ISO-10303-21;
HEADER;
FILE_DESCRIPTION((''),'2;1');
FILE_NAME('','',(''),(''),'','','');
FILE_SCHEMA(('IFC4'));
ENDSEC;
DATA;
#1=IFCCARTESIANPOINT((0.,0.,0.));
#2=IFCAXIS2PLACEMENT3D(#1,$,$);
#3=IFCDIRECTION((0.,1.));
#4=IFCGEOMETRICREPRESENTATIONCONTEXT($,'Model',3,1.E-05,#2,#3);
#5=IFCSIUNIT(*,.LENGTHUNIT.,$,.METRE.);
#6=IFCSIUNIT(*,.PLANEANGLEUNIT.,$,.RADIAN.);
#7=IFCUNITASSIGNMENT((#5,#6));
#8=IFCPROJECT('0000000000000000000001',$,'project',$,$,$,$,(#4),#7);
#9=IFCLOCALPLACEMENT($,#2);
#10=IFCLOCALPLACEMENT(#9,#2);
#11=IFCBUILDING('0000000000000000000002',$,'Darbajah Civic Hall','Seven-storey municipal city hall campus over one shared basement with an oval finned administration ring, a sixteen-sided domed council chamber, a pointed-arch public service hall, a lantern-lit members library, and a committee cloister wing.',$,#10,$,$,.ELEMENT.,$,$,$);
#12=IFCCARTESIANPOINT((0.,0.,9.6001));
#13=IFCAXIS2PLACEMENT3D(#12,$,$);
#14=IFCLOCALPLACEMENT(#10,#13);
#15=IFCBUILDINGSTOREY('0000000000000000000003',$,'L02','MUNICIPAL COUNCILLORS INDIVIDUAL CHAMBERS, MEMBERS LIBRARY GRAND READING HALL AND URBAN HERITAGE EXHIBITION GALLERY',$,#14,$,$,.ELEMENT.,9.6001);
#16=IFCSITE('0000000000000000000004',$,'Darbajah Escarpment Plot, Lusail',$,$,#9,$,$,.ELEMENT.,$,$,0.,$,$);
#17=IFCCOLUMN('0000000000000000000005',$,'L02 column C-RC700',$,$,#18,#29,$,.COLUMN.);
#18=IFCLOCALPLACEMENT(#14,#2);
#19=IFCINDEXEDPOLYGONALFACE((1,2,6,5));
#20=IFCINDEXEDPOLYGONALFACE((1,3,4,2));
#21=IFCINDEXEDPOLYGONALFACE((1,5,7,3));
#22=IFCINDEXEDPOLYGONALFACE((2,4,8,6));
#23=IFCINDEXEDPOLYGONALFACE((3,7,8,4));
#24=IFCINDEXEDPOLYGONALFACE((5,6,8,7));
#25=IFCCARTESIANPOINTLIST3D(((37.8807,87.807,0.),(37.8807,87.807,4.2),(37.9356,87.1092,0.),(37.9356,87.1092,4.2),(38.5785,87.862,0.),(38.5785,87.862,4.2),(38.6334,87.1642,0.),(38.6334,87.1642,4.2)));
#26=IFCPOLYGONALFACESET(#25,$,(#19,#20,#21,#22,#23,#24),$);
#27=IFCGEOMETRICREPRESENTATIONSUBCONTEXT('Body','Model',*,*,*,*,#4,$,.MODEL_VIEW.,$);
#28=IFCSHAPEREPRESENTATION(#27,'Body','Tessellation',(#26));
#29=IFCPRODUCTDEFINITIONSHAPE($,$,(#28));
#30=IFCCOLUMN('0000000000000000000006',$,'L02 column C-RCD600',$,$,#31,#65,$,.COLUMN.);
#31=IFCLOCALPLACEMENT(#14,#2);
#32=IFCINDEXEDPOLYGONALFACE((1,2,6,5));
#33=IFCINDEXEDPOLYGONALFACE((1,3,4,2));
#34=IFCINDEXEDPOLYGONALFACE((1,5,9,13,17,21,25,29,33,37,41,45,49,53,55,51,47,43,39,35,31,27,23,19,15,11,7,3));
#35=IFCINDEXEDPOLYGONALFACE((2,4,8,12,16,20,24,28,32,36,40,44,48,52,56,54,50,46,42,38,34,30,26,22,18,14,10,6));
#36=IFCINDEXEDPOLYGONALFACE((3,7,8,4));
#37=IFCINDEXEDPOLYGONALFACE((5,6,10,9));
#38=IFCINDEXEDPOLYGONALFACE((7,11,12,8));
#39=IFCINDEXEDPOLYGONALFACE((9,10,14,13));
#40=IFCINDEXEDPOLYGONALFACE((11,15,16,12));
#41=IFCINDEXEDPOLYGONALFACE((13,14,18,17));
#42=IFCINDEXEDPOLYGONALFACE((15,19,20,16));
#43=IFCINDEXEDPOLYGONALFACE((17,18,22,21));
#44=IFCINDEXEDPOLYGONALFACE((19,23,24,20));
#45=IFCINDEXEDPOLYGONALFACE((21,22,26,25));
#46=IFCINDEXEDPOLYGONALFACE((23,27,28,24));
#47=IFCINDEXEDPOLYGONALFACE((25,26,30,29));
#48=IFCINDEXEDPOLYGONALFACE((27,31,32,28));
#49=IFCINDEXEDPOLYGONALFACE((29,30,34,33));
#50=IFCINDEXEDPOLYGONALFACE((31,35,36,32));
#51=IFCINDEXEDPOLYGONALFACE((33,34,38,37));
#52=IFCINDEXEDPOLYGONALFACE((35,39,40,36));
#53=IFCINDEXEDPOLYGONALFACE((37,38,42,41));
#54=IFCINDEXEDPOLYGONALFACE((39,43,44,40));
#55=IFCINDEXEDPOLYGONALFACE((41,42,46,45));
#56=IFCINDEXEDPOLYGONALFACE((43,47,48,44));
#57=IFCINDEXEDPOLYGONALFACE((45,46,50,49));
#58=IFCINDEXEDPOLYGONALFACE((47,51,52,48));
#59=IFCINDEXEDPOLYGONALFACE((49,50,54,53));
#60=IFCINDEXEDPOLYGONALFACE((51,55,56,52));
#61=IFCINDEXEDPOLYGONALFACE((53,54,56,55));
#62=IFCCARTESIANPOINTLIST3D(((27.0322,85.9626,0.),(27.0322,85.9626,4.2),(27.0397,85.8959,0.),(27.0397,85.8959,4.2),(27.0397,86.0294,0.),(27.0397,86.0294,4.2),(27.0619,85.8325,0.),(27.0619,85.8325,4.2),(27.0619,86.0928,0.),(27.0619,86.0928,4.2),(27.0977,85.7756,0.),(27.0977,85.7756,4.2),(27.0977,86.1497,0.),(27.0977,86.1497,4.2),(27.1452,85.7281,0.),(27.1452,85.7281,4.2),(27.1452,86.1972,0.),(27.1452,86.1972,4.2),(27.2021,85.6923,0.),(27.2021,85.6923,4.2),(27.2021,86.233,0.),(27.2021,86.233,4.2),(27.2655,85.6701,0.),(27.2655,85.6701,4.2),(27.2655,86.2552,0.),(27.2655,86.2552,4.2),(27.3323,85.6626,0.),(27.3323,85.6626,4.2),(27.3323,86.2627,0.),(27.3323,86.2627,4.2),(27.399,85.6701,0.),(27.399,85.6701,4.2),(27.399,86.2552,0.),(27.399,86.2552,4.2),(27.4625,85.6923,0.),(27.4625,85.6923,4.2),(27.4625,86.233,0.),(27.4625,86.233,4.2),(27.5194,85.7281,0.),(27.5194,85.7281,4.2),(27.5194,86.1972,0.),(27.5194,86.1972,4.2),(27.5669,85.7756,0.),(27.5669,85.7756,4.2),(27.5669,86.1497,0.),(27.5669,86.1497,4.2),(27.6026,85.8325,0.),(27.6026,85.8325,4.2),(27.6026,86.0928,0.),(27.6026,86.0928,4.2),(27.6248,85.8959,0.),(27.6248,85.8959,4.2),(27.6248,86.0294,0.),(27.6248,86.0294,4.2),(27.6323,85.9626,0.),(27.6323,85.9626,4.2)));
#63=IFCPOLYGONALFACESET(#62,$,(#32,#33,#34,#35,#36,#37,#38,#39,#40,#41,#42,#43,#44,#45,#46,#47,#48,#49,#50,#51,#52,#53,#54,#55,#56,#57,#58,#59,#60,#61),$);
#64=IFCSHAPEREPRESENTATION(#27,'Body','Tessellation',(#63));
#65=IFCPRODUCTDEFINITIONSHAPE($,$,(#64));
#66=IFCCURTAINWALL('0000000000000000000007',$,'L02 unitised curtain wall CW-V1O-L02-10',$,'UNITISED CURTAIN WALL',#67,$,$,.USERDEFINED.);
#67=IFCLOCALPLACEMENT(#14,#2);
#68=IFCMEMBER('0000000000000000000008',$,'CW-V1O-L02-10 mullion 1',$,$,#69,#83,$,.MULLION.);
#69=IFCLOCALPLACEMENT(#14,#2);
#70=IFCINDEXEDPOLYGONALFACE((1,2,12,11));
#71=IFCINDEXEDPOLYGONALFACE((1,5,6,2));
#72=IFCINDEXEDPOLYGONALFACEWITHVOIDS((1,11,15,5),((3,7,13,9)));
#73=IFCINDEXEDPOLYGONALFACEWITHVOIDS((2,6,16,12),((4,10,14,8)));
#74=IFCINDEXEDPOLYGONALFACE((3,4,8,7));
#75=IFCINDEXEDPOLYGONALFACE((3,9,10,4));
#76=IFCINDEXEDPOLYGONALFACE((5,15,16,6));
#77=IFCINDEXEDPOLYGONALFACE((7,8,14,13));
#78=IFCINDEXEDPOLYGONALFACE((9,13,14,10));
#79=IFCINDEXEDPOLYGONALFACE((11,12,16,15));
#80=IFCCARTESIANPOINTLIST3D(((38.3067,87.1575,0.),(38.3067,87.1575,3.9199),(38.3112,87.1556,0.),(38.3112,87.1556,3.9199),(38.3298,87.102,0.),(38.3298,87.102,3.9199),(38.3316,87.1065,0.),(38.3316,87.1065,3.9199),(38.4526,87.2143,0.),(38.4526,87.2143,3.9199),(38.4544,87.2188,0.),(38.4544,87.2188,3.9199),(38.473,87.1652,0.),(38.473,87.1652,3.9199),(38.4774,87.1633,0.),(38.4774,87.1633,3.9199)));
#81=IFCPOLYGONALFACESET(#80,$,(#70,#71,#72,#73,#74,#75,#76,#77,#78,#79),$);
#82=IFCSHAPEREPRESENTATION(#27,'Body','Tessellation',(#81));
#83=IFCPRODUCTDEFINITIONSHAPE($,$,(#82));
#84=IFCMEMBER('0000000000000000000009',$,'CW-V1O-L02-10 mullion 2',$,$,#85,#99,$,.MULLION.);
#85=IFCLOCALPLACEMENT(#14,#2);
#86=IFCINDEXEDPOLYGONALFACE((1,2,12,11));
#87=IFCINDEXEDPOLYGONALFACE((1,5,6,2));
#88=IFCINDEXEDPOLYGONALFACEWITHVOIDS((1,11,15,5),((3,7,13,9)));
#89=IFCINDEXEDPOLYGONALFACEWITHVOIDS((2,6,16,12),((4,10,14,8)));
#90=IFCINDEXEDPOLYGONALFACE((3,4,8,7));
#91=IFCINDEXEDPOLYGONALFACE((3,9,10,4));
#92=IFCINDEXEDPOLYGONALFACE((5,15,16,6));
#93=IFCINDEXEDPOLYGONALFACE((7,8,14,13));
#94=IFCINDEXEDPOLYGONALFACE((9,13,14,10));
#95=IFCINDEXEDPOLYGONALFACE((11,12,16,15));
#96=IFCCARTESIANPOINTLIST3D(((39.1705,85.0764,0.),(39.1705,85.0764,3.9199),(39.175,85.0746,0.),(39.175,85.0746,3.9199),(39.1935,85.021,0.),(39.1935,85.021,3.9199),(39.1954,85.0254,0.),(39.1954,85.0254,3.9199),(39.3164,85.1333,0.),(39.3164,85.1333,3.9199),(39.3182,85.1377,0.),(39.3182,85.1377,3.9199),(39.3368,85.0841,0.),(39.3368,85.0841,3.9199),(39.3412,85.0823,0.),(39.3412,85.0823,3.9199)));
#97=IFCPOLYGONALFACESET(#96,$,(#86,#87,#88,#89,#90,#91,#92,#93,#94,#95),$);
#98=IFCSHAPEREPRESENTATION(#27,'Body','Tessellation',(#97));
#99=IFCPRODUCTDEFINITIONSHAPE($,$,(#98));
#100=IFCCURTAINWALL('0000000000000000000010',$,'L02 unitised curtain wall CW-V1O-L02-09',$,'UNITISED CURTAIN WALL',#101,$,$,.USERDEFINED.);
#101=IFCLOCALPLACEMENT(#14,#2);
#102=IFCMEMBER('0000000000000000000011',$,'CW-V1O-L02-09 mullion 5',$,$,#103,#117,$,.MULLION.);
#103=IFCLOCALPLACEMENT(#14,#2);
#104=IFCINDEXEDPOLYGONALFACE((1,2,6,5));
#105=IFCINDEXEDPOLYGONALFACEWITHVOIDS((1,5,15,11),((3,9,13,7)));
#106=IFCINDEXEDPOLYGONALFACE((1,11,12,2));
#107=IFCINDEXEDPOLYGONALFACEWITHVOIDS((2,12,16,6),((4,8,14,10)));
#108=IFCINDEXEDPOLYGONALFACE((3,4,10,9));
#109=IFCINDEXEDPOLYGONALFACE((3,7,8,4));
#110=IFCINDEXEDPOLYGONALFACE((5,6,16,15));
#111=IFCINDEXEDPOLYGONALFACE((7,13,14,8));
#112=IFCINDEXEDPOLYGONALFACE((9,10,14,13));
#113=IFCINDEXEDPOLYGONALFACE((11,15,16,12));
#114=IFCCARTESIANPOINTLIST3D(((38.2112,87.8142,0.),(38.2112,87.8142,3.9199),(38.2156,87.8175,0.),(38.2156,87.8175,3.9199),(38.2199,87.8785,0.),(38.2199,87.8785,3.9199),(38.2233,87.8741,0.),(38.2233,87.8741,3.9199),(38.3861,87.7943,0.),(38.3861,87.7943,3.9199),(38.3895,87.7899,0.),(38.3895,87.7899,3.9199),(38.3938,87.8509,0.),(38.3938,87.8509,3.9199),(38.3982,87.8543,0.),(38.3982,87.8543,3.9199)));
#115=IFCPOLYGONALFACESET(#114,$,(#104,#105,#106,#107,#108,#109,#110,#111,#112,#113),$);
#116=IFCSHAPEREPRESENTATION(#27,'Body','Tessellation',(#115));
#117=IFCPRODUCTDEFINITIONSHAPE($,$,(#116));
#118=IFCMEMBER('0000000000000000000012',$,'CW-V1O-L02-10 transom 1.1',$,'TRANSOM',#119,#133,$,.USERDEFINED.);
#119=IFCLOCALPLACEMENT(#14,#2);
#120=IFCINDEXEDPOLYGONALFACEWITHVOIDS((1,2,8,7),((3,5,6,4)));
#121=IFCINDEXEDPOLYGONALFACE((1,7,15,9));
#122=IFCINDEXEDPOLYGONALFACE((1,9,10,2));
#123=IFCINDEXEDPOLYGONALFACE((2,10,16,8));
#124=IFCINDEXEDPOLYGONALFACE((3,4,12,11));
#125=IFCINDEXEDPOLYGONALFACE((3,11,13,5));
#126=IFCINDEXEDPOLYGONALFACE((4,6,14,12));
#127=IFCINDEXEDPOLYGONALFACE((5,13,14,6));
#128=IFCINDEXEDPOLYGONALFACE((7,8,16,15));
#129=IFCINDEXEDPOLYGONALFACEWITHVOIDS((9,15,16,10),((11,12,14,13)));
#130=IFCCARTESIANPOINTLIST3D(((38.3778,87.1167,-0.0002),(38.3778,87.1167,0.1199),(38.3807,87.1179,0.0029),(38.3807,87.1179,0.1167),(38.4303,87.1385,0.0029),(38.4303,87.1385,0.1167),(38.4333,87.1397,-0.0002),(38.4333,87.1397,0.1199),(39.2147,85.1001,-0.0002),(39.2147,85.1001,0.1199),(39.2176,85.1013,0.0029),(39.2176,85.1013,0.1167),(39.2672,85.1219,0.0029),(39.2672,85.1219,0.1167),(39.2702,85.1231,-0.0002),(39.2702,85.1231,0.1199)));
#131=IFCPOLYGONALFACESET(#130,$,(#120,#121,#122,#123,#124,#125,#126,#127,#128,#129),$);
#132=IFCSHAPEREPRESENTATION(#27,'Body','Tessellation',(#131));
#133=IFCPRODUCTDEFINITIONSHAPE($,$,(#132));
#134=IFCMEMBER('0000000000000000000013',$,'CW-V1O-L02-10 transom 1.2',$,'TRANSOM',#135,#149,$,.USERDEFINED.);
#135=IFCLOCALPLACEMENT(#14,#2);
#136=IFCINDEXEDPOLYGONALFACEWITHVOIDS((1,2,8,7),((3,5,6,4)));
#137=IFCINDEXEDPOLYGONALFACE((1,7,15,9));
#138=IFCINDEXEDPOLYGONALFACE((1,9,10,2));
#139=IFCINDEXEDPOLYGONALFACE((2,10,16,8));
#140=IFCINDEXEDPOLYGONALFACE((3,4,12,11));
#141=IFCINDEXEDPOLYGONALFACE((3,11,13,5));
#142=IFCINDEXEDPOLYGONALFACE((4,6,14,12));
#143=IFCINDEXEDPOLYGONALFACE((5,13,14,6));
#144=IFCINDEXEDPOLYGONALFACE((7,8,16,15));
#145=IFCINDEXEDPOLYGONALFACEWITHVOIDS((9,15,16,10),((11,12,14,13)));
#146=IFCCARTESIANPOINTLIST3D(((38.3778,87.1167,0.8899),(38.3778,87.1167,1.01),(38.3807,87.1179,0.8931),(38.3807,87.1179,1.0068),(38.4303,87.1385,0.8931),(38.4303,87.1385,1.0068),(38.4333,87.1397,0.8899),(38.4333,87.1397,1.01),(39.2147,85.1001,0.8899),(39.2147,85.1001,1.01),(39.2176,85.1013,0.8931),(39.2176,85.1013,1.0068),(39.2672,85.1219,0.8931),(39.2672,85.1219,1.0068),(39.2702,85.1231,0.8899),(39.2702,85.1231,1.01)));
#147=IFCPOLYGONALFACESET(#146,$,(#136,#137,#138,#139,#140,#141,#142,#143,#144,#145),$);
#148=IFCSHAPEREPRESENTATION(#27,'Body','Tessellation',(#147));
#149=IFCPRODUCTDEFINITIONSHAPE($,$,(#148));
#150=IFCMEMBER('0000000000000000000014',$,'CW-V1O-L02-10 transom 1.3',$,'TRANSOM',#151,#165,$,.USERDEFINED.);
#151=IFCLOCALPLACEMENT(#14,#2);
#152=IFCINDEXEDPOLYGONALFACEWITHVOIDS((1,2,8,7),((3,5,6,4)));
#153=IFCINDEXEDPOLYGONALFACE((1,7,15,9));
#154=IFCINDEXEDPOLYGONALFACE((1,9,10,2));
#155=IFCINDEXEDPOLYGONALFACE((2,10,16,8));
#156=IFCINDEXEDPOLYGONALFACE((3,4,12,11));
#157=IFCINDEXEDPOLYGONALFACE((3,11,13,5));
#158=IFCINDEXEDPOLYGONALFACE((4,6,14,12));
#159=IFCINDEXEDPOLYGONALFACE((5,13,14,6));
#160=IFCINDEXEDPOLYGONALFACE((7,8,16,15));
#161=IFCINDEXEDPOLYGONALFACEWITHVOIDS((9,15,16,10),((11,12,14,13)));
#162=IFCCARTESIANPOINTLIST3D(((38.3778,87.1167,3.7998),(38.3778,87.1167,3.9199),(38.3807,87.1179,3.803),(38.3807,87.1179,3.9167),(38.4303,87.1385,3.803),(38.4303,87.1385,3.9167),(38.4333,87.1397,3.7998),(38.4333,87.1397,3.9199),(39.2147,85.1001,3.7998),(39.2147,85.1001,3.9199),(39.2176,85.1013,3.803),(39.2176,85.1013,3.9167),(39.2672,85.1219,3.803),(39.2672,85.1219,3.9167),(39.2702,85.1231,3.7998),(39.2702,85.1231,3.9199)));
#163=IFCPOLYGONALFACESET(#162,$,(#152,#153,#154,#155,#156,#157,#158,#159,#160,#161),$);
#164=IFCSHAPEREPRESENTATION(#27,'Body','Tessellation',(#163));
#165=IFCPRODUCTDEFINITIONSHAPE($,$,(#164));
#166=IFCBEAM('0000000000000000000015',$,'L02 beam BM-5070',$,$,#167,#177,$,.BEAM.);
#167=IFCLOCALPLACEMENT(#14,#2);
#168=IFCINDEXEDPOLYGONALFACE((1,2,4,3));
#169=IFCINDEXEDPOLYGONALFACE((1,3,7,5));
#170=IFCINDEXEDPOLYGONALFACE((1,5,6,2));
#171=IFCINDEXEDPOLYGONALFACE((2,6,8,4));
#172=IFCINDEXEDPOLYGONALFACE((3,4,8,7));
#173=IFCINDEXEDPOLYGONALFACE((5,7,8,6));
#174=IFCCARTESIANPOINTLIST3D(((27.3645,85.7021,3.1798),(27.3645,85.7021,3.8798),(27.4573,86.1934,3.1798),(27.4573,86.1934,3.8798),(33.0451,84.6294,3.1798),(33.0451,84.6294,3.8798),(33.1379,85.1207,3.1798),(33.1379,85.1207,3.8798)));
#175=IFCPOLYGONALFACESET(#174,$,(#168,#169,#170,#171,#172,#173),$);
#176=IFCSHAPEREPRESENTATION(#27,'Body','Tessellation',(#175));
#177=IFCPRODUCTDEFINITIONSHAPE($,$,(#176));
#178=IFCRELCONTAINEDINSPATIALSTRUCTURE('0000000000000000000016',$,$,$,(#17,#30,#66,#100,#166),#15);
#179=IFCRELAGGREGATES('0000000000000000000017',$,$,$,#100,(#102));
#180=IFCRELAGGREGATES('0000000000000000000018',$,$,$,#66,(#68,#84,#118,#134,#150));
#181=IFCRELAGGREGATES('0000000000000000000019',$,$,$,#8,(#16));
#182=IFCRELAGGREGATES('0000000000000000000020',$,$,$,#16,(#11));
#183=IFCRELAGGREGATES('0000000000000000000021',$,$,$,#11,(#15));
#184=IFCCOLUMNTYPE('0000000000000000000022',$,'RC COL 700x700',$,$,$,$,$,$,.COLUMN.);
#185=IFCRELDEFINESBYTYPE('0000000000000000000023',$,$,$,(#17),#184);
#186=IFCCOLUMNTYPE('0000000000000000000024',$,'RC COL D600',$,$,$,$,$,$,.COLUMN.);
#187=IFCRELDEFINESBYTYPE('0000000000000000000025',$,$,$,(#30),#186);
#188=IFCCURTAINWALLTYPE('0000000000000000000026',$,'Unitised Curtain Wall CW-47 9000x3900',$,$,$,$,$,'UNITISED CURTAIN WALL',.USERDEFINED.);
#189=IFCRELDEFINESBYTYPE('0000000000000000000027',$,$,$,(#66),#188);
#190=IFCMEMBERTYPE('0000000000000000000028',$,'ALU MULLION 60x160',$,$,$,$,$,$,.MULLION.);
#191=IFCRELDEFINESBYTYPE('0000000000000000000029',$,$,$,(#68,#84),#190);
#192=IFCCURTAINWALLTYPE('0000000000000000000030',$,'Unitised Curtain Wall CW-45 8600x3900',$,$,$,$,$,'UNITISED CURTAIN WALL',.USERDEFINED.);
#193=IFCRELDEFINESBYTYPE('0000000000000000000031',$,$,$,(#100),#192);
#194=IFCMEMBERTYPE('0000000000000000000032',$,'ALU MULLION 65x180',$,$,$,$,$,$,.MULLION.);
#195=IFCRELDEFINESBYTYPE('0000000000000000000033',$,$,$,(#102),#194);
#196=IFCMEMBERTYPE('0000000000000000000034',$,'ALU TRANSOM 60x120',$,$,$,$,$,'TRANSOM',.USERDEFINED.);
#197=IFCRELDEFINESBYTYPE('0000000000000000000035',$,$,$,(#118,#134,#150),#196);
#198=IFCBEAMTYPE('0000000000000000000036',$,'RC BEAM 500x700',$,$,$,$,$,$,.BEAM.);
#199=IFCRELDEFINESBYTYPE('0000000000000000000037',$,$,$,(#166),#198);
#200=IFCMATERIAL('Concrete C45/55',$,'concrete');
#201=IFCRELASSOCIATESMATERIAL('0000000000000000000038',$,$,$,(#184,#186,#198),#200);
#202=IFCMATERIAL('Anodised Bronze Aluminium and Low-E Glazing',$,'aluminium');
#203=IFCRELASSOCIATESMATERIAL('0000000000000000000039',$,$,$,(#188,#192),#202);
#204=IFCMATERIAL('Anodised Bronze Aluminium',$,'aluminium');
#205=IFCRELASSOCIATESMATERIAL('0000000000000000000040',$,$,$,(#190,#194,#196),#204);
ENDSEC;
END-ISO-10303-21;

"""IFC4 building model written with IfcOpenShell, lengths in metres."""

from ifc_helpers import new_model, si_unit, direction, frame, origin, origin_2d, place, context, subcontext, project, spatial, rectangle, hollow_rectangle, circle, extrude, material, material_profile, profile_set, type_object, element, aggregate, save


model = new_model("IFC4")

# Units and contexts
model_context = context("Model", 3, precision=1e-05, world=origin(), true_north=direction((0.0, 1.0)))
body_context = subcontext(model_context, "Body", "Model", "MODEL_VIEW")
ifc_project = project(units=[si_unit("LENGTHUNIT", "METRE"), si_unit("PLANEANGLEUNIT", "RADIAN")], contexts=[model_context])

# Site, building, storey
site_placement = place(None, origin())
site = spatial("IfcSite", under=ifc_project, at=site_placement, Name="Darbajah Escarpment Plot, Lusail", CompositionType="ELEMENT", RefElevation=0.0)
building_placement = place(site_placement, origin())
building = spatial("IfcBuilding", under=site, at=building_placement, Name="Darbajah Civic Hall", Description="Seven-storey municipal city hall campus over one shared basement with an oval finned administration ring, a sixteen-sided domed council chamber, a pointed-arch public service hall, a lantern-lit members library, and a committee cloister wing.", CompositionType="ELEMENT")
storey_placement = place(building_placement, frame((0.0, 0.0, 9.6001)))
storey = spatial("IfcBuildingStorey", under=building, at=storey_placement, Name="L02", Description="MUNICIPAL COUNCILLORS INDIVIDUAL CHAMBERS, MEMBERS LIBRARY GRAND READING HALL AND URBAN HERITAGE EXHIBITION GALLERY", CompositionType="ELEMENT", Elevation=9.6001)

# Columns
ifc_material_1 = material(Name="Concrete C45/55", Category="concrete")
ifc_material_profile_1 = material_profile(ifc_material_1, rectangle(XDim=0.7, YDim=0.7, at=origin_2d()), Name="RC COL 700x700")
ifc_profile_set_1 = profile_set([ifc_material_profile_1], Name="Concrete C45/55")
column_type_1 = type_object("IfcColumnType", Name="RC COL 700x700", PredefinedType="COLUMN", material=ifc_profile_set_1)
column_1_placement = place(storey_placement, frame((38.2571, 87.4856, 0.0), z_axis=(0.0, 0.0, 1.0), x_axis=(-0.996917, -0.078459, 0.0)))
element("IfcColumn", 1, at=column_1_placement, inside=storey, type_object=column_type_1, Name="L02 column C-RC700", PredefinedType="COLUMN", context=body_context, shape_type="SweptSolid", body=[
    extrude(rectangle(XDim=0.7, YDim=0.7, at=origin_2d()), origin(), (0.0, 0.0, 1.0), 4.2),
])
ifc_material_profile_2 = material_profile(ifc_material_1, circle(Radius=0.3, at=origin_2d()), Name="RC COL D600")
ifc_profile_set_2 = profile_set([ifc_material_profile_2], Name="Concrete C45/55")
column_type_2 = type_object("IfcColumnType", Name="RC COL D600", PredefinedType="COLUMN", material=ifc_profile_set_2)
column_2_placement = place(storey_placement, frame((27.3323, 85.9626, 0.0), z_axis=(0.0, 0.0, 1.0), x_axis=(1.0, 0.0, 0.0)))
element("IfcColumn", 2, at=column_2_placement, inside=storey, type_object=column_type_2, Name="L02 column C-RCD600", PredefinedType="COLUMN", context=body_context, shape_type="SweptSolid", body=[
    extrude(circle(Radius=0.3, at=origin_2d()), origin(), (0.0, 0.0, 1.0), 4.2),
])

# Curtain wall, members
ifc_material_2 = material(Name="Anodised Bronze Aluminium and Low-E Glazing", Category="aluminium")
curtain_wall_type_1 = type_object("IfcCurtainWallType", Name="Unitised Curtain Wall CW-47 9000x3900", ElementType="UNITISED CURTAIN WALL", PredefinedType="USERDEFINED", material=ifc_material_2)
curtain_wall_1_placement = place(storey_placement, origin())
curtain_wall_1 = element("IfcCurtainWall", 3, at=curtain_wall_1_placement, inside=storey, type_object=curtain_wall_type_1, Name="L02 unitised curtain wall CW-V1O-L02-10", ObjectType="UNITISED CURTAIN WALL", PredefinedType="USERDEFINED")
ifc_material_3 = material(Name="Anodised Bronze Aluminium", Category="aluminium")
ifc_material_profile_3 = material_profile(ifc_material_3, hollow_rectangle(XDim=0.0601, YDim=0.1599, WallThickness=0.0034, at=origin_2d()), Name="ALU MULLION 60x160")
ifc_profile_set_3 = profile_set([ifc_material_profile_3], Name="Anodised Bronze Aluminium")
member_type_1 = type_object("IfcMemberType", Name="ALU MULLION 60x160", PredefinedType="MULLION", material=ifc_profile_set_3)
member_1_placement = place(storey_placement, frame((38.3921, 87.1604, 0.0), z_axis=(0.0, 0.0, 1.0), x_axis=(0.383328, -0.923612, 0.0)))
member_1 = element("IfcMember", 4, at=member_1_placement, type_object=member_type_1, Name="CW-V1O-L02-10 mullion 1", PredefinedType="MULLION", context=body_context, shape_type="SweptSolid", body=[
    extrude(hollow_rectangle(XDim=0.0601, YDim=0.1599, WallThickness=0.0034, at=origin_2d()), origin(), (0.0, 0.0, 1.0), 3.9199),
])
member_2_placement = place(storey_placement, frame((39.2559, 85.0793, 0.0), z_axis=(0.0, 0.0, 1.0), x_axis=(0.383328, -0.923612, 0.0)))
member_2 = element("IfcMember", 5, at=member_2_placement, type_object=member_type_1, Name="CW-V1O-L02-10 mullion 2", PredefinedType="MULLION", context=body_context, shape_type="SweptSolid", body=[
    extrude(hollow_rectangle(XDim=0.0601, YDim=0.1599, WallThickness=0.0034, at=origin_2d()), origin(), (0.0, 0.0, 1.0), 3.9199),
])

# Curtain wall, member
curtain_wall_type_2 = type_object("IfcCurtainWallType", Name="Unitised Curtain Wall CW-45 8600x3900", ElementType="UNITISED CURTAIN WALL", PredefinedType="USERDEFINED", material=ifc_material_2)
curtain_wall_2_placement = place(storey_placement, origin())
curtain_wall_2 = element("IfcCurtainWall", 6, at=curtain_wall_2_placement, inside=storey, type_object=curtain_wall_type_2, Name="L02 unitised curtain wall CW-V1O-L02-09", ObjectType="UNITISED CURTAIN WALL", PredefinedType="USERDEFINED")
ifc_material_profile_4 = material_profile(ifc_material_3, hollow_rectangle(XDim=0.0649, YDim=0.1799, WallThickness=0.0039, at=origin_2d()), Name="ALU MULLION 65x180")
ifc_profile_set_4 = profile_set([ifc_material_profile_4], Name="Anodised Bronze Aluminium")
member_type_2 = type_object("IfcMemberType", Name="ALU MULLION 65x180", PredefinedType="MULLION", material=ifc_profile_set_4)
member_3_placement = place(storey_placement, frame((38.3047, 87.8342, 0.0), z_axis=(0.0, 0.0, 1.0), x_axis=(-0.134851, -0.990866, 0.0)))
member_3 = element("IfcMember", 7, at=member_3_placement, type_object=member_type_2, Name="CW-V1O-L02-09 mullion 5", PredefinedType="MULLION", context=body_context, shape_type="SweptSolid", body=[
    extrude(hollow_rectangle(XDim=0.0649, YDim=0.1799, WallThickness=0.0039, at=origin_2d()), origin(), (0.0, 0.0, 1.0), 3.9199),
])
aggregate(curtain_wall_2, [member_3])

# Members
ifc_material_profile_5 = material_profile(ifc_material_3, hollow_rectangle(XDim=0.0601, YDim=0.1201, WallThickness=0.0032, at=origin_2d()), Name="ALU TRANSOM 60x120")
ifc_profile_set_5 = profile_set([ifc_material_profile_5], Name="Anodised Bronze Aluminium")
member_type_3 = type_object("IfcMemberType", Name="ALU TRANSOM 60x120", ElementType="TRANSOM", PredefinedType="USERDEFINED", material=ifc_profile_set_5)
member_4_placement = place(storey_placement, frame((38.4055, 87.1282, 0.0598), z_axis=(0.383313, -0.923619, 0.0), x_axis=(0.923619, 0.383313, 0.0)))
member_4 = element("IfcMember", 8, at=member_4_placement, type_object=member_type_3, Name="CW-V1O-L02-10 transom 1.1", ObjectType="TRANSOM", PredefinedType="USERDEFINED", context=body_context, shape_type="SweptSolid", body=[
    extrude(hollow_rectangle(XDim=0.0601, YDim=0.1201, WallThickness=0.0032, at=origin_2d()), origin(), (0.0, 0.0, 1.0), 2.1833),
])
member_5_placement = place(storey_placement, frame((38.4055, 87.1282, 0.95), z_axis=(0.383313, -0.923619, 0.0), x_axis=(0.923619, 0.383313, 0.0)))
member_5 = element("IfcMember", 9, at=member_5_placement, type_object=member_type_3, Name="CW-V1O-L02-10 transom 1.2", ObjectType="TRANSOM", PredefinedType="USERDEFINED", context=body_context, shape_type="SweptSolid", body=[
    extrude(hollow_rectangle(XDim=0.0601, YDim=0.1201, WallThickness=0.0032, at=origin_2d()), origin(), (0.0, 0.0, 1.0), 2.1833),
])
member_6_placement = place(storey_placement, frame((38.4055, 87.1282, 3.8599), z_axis=(0.383313, -0.923619, 0.0), x_axis=(0.923619, 0.383313, 0.0)))
member_6 = element("IfcMember", 10, at=member_6_placement, type_object=member_type_3, Name="CW-V1O-L02-10 transom 1.3", ObjectType="TRANSOM", PredefinedType="USERDEFINED", context=body_context, shape_type="SweptSolid", body=[
    extrude(hollow_rectangle(XDim=0.0601, YDim=0.1201, WallThickness=0.0032, at=origin_2d()), origin(), (0.0, 0.0, 1.0), 2.1833),
])

# Beam
ifc_material_profile_6 = material_profile(ifc_material_1, rectangle(XDim=0.5, YDim=0.7, at=origin_2d()), Name="RC BEAM 500x700")
ifc_profile_set_6 = profile_set([ifc_material_profile_6], Name="Concrete C45/55")
beam_type_1 = type_object("IfcBeamType", Name="RC BEAM 500x700", PredefinedType="BEAM", material=ifc_profile_set_6)
beam_1_placement = place(storey_placement, frame((27.4109, 85.9478, 3.5298), z_axis=(0.982632, -0.185563, 0.0), x_axis=(0.185563, 0.982632, 0.0)))
element("IfcBeam", 11, at=beam_1_placement, inside=storey, type_object=beam_type_1, Name="L02 beam BM-5070", PredefinedType="BEAM", context=body_context, shape_type="SweptSolid", body=[
    extrude(rectangle(XDim=0.5, YDim=0.7, at=origin_2d()), origin(), (0.0, 0.0, 1.0), 5.781),
])

aggregate(curtain_wall_1, [member_1, member_2, member_4, member_5, member_6])

save(model, "model.ifc")
